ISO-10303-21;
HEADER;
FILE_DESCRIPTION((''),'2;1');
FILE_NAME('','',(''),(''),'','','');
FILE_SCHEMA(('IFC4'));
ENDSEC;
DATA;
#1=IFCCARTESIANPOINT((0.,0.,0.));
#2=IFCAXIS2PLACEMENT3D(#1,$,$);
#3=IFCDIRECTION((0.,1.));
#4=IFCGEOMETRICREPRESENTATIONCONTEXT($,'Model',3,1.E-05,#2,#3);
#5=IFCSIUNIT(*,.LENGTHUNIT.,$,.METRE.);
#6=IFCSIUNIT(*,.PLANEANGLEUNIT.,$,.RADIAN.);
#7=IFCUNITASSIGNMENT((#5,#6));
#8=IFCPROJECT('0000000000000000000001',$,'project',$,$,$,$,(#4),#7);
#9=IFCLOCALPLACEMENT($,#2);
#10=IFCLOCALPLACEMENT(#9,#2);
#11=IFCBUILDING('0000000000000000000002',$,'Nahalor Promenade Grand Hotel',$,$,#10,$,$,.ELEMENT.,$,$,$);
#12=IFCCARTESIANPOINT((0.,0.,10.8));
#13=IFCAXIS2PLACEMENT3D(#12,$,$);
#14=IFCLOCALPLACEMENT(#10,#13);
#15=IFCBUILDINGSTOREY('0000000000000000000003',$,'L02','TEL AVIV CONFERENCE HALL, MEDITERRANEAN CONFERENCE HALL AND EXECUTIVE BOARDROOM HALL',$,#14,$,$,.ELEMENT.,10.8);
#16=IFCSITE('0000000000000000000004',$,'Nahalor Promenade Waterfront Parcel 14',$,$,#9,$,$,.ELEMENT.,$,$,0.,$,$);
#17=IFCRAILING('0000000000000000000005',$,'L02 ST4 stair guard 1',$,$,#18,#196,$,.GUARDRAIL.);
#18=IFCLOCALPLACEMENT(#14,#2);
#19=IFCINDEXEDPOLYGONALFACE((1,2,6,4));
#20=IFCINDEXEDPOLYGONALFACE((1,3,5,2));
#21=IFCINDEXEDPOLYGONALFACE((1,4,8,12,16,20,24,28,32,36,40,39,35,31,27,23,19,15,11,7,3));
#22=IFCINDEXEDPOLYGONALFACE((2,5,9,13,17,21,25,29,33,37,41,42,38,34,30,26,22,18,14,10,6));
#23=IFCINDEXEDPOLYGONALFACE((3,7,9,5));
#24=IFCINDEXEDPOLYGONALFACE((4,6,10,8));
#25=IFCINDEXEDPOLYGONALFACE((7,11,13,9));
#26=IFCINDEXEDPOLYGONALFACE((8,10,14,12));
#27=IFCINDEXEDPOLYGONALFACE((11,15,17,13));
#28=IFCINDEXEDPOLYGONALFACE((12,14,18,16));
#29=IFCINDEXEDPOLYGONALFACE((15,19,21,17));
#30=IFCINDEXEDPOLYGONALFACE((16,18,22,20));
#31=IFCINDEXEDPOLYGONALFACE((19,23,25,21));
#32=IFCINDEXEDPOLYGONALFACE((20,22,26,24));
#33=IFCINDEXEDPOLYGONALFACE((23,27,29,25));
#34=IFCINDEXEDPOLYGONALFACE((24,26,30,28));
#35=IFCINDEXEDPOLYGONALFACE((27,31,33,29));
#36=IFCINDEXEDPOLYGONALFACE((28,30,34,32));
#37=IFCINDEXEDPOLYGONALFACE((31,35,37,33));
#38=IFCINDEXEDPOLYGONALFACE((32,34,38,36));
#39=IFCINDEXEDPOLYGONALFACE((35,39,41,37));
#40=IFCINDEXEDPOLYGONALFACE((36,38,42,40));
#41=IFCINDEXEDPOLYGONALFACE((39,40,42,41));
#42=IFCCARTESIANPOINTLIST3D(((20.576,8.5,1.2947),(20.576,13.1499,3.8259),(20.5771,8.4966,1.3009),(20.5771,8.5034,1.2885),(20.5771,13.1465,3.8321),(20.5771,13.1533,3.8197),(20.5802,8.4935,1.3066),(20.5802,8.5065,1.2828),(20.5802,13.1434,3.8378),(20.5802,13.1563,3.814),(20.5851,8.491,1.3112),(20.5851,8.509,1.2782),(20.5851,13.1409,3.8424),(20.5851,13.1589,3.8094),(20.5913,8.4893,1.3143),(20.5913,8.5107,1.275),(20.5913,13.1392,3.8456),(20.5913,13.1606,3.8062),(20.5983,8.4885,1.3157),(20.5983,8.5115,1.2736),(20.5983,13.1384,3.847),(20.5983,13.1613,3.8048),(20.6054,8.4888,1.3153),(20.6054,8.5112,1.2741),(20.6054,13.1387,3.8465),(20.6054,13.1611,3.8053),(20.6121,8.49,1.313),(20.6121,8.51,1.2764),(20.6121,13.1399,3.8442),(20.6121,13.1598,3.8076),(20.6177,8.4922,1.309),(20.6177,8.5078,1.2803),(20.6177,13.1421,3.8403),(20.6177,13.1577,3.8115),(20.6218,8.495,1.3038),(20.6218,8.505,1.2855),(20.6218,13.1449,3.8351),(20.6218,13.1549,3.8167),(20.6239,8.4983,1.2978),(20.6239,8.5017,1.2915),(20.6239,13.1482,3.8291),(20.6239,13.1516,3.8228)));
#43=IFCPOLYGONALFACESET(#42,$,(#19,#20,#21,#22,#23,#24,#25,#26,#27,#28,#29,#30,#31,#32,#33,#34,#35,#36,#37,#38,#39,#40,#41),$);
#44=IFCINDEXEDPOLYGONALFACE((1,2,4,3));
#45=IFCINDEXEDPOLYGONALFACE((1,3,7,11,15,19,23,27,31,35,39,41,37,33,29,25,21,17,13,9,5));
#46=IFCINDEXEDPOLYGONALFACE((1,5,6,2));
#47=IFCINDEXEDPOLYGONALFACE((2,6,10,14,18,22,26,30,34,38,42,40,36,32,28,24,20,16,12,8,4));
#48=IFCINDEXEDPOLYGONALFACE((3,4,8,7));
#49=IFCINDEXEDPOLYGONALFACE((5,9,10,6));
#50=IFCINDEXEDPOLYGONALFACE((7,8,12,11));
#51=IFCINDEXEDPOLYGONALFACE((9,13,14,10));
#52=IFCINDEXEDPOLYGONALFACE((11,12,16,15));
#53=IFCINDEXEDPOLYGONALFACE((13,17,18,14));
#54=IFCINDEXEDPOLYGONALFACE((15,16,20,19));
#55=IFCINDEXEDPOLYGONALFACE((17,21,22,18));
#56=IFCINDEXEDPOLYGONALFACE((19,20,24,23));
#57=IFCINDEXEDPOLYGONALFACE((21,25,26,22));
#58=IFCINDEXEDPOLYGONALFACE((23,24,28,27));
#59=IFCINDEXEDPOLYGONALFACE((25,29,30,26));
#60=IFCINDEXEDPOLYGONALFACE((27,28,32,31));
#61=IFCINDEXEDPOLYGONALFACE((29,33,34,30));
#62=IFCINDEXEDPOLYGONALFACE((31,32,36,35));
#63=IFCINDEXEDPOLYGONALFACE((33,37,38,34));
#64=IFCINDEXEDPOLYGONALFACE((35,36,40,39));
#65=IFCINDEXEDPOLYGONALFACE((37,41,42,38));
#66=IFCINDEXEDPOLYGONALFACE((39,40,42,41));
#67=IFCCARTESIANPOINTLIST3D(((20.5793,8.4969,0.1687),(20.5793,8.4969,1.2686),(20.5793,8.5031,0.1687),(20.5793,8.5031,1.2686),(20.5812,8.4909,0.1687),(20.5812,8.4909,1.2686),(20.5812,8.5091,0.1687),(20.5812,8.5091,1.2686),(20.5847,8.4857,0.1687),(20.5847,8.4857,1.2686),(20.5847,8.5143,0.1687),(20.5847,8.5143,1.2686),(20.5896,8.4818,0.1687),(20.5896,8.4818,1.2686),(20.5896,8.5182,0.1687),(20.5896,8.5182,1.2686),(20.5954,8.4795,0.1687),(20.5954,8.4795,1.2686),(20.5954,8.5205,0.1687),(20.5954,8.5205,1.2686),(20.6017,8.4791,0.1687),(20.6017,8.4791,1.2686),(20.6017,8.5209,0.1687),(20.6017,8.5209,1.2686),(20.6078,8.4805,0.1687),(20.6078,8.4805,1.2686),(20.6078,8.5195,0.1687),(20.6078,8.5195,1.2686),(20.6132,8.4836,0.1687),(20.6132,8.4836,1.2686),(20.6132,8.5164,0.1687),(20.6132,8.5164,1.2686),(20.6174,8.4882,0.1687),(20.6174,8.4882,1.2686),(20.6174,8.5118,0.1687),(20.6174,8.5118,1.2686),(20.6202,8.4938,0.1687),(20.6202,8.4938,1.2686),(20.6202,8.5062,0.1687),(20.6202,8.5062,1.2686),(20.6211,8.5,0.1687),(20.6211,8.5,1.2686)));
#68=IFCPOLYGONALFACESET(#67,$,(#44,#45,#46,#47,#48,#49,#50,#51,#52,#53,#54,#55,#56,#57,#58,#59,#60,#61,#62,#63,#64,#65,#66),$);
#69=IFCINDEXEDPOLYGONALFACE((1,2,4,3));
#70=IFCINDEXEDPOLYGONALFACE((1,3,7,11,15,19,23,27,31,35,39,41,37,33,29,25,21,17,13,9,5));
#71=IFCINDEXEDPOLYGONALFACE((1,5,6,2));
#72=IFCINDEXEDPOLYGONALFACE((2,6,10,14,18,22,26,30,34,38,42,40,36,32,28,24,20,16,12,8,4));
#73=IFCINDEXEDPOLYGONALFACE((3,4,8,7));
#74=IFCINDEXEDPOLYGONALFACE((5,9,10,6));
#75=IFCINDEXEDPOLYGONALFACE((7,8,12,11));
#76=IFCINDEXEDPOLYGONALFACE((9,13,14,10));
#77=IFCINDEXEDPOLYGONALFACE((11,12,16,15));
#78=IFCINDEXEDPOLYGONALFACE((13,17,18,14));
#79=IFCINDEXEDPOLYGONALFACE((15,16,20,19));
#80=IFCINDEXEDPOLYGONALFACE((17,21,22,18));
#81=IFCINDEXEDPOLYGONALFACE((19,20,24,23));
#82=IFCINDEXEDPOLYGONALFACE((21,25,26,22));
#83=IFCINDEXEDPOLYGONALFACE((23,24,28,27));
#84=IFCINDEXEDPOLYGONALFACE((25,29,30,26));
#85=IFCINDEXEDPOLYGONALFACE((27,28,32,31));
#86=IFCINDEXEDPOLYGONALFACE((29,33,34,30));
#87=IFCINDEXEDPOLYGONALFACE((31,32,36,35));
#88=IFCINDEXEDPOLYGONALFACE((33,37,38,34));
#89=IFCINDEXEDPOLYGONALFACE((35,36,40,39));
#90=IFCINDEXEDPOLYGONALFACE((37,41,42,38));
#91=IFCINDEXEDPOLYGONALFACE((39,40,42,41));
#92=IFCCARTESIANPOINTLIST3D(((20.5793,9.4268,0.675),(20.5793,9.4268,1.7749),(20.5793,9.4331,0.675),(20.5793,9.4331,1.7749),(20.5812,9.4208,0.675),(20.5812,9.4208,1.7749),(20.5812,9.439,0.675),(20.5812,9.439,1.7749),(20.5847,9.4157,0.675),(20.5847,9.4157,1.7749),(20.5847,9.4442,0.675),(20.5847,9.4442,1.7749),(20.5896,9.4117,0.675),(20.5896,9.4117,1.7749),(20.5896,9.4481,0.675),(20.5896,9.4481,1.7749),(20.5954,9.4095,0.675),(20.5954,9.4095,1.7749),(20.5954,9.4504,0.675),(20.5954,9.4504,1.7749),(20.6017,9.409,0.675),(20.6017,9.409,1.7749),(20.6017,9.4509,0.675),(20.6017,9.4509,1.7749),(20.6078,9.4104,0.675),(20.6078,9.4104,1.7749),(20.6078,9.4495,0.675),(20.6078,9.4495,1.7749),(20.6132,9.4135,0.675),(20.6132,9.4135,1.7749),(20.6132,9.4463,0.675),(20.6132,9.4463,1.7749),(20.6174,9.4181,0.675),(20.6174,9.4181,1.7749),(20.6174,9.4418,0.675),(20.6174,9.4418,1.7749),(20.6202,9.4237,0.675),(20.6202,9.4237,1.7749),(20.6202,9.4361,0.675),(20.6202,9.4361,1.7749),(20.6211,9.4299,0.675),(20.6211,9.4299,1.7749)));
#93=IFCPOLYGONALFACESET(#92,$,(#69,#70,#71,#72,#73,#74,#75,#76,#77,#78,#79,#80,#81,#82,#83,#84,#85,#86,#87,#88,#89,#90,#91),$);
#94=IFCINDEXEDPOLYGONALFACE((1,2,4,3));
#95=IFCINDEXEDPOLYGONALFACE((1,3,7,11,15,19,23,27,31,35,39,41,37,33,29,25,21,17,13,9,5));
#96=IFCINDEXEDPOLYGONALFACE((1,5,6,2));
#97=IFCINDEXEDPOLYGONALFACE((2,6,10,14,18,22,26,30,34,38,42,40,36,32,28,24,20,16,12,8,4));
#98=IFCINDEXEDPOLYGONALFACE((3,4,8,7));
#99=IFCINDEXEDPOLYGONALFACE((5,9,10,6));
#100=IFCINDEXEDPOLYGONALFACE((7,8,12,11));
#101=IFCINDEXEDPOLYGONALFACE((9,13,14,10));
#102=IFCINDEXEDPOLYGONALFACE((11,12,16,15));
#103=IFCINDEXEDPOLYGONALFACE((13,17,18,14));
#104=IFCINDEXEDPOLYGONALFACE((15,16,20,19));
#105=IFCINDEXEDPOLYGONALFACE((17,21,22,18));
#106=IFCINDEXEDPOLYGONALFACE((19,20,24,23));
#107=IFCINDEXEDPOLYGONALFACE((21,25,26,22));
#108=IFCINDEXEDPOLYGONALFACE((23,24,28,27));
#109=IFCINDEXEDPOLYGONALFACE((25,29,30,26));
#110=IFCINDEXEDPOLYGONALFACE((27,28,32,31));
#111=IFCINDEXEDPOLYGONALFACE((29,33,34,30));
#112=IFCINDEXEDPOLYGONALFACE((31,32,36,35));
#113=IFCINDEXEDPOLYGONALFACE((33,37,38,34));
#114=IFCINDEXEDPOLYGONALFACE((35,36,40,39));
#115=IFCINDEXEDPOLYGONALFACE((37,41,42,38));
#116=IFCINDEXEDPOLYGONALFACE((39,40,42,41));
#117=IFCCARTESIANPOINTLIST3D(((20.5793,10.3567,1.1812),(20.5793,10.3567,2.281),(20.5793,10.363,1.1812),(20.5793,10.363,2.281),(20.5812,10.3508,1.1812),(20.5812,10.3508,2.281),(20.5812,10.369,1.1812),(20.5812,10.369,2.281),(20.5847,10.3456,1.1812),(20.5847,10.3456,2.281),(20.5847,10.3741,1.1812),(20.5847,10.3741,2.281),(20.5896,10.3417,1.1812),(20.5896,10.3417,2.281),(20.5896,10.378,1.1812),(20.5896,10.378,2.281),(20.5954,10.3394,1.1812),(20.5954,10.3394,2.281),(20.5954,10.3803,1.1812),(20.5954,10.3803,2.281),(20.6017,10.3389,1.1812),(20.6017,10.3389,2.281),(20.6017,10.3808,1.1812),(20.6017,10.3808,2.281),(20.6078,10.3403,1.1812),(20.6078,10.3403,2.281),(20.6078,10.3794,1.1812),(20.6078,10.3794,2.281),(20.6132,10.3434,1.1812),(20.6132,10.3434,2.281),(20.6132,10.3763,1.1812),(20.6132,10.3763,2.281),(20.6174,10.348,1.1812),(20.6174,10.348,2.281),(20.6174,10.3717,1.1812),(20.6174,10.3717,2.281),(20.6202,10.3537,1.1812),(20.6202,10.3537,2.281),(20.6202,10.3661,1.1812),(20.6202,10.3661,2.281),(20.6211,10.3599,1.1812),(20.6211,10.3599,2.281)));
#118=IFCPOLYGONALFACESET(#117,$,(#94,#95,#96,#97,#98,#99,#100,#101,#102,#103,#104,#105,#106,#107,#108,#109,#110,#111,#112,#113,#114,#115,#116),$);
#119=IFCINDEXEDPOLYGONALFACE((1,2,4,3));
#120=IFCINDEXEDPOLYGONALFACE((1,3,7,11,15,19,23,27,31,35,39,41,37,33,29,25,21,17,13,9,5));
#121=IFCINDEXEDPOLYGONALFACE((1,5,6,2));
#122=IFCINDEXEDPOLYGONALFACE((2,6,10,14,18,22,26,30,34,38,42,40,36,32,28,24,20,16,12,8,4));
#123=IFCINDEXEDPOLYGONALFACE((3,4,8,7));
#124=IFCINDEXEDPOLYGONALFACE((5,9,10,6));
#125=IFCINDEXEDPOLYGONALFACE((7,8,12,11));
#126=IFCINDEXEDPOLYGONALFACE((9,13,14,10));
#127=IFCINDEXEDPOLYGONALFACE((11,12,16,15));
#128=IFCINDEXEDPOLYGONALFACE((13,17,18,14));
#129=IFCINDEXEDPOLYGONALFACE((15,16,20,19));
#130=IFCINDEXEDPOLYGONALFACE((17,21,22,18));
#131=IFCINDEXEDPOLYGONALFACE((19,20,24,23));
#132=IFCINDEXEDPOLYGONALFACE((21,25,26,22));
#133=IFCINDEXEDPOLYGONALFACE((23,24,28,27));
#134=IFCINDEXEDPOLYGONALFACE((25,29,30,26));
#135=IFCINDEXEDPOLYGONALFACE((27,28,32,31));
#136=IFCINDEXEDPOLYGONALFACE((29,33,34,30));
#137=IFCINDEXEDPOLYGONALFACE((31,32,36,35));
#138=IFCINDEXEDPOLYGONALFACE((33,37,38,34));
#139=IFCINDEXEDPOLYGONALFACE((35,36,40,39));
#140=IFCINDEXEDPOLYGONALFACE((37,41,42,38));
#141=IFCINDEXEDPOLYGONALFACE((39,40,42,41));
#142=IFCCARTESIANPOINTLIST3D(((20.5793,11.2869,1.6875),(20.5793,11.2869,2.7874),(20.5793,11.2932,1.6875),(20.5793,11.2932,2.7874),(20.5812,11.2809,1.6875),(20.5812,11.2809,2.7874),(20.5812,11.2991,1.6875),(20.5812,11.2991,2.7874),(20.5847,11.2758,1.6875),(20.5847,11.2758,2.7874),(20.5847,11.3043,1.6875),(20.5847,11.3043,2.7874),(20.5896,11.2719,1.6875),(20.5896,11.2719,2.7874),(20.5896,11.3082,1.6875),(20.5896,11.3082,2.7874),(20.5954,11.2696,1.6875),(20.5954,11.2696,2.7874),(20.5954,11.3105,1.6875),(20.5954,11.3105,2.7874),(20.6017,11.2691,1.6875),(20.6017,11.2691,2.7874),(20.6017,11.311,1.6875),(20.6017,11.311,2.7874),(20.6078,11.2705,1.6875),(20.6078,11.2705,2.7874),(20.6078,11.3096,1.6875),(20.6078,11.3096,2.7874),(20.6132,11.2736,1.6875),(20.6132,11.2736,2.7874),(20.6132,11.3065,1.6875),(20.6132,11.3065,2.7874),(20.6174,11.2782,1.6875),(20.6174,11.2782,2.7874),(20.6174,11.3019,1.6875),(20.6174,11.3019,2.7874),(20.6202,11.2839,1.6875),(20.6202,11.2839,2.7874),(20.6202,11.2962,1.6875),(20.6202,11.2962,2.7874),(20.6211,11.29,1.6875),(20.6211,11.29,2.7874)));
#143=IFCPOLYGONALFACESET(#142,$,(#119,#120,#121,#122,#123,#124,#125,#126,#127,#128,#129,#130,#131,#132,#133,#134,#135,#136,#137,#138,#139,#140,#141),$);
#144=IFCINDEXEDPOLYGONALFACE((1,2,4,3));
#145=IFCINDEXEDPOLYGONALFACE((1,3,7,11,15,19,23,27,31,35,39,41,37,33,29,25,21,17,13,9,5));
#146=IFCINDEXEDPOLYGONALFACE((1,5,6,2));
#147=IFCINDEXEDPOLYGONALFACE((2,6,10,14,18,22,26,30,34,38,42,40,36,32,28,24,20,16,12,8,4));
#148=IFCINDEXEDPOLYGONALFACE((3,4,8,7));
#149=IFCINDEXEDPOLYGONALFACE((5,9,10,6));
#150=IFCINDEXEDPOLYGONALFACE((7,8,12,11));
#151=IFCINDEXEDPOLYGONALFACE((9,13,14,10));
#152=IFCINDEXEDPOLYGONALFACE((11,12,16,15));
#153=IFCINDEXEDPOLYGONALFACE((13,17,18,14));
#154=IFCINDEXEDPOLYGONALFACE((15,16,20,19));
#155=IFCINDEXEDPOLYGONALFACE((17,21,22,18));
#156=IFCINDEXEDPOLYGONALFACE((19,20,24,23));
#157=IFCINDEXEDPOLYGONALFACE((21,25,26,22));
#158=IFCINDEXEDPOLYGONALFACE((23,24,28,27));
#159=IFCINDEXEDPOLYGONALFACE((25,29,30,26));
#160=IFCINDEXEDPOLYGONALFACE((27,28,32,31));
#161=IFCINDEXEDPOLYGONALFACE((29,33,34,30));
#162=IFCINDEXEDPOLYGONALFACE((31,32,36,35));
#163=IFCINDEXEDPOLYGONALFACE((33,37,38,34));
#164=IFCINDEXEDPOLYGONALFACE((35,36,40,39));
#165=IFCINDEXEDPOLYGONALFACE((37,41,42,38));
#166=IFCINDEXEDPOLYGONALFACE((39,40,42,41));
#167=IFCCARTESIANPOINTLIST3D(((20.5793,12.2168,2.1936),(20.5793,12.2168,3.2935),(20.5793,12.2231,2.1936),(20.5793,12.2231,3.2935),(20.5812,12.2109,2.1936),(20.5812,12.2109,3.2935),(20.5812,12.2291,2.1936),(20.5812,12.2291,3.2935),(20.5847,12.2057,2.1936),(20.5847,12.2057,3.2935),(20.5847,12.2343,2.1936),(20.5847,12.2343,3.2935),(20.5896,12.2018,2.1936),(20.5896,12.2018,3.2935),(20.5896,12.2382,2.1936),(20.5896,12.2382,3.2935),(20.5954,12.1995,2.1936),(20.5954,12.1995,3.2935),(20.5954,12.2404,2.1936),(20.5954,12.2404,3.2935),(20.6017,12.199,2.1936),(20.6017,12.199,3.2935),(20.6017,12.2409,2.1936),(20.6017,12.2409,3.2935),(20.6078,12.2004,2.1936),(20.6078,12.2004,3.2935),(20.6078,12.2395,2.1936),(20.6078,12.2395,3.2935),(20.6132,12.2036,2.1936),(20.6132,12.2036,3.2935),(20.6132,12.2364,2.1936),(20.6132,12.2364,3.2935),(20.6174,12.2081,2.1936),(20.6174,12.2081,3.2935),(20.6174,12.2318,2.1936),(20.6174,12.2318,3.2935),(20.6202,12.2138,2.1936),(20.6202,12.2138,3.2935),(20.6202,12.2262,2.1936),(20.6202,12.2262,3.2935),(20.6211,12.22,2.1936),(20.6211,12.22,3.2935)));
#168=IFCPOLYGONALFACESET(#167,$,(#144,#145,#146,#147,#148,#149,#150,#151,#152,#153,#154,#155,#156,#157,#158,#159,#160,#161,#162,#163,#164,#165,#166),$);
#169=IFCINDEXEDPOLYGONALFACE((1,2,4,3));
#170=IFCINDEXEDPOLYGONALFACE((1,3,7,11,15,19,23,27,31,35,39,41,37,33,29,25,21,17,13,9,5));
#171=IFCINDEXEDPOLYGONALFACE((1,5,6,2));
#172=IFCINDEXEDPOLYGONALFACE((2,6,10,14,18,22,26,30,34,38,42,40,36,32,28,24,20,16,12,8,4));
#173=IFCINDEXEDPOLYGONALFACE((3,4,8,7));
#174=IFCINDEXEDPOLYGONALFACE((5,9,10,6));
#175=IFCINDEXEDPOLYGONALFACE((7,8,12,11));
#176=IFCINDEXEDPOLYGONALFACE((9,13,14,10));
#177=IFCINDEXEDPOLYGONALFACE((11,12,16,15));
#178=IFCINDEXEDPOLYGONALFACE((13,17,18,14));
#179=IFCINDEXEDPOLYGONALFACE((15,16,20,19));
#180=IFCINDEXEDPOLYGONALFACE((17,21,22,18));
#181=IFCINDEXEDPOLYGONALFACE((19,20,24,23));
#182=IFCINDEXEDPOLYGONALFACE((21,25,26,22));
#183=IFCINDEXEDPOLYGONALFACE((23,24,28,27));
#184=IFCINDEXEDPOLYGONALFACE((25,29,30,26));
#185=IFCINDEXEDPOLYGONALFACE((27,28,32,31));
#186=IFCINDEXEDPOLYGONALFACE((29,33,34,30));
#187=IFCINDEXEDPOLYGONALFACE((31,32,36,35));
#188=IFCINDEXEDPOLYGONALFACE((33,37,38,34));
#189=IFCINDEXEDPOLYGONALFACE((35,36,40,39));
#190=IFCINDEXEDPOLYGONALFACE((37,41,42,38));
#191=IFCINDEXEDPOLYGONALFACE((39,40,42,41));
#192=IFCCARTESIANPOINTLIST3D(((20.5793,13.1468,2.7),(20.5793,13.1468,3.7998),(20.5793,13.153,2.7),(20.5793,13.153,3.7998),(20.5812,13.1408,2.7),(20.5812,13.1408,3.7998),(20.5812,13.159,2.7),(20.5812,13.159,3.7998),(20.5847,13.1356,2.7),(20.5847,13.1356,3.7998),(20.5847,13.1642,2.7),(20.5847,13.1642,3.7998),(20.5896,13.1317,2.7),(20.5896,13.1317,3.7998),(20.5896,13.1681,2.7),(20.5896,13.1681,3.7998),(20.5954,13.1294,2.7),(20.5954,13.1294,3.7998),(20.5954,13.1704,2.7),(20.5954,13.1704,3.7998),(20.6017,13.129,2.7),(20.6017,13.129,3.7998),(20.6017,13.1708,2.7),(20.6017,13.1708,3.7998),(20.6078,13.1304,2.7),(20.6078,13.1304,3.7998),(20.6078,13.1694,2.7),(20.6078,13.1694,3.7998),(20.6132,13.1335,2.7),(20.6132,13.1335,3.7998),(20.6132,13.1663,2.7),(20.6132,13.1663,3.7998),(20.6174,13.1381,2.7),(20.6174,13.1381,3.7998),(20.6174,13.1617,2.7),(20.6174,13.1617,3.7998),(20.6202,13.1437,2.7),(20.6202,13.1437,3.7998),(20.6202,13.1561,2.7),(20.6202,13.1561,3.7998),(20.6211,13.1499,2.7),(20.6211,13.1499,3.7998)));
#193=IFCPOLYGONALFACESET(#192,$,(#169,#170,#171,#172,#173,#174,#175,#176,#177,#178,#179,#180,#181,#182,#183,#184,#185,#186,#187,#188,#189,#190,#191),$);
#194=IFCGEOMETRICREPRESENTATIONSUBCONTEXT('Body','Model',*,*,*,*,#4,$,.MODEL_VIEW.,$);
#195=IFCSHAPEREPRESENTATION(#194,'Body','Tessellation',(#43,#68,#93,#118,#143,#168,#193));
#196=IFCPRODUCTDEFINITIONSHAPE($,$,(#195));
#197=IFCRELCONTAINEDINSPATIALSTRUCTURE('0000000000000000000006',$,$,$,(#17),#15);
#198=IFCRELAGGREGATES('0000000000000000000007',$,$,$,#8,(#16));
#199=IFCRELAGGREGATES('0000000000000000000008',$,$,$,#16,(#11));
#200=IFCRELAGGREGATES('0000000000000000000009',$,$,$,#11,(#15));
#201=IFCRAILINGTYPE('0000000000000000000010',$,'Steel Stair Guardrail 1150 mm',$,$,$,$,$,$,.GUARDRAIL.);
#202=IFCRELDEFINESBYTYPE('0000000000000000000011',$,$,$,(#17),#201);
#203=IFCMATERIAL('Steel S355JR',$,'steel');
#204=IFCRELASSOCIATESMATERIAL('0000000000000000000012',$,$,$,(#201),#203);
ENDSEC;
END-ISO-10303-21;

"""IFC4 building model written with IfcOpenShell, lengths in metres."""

from ifc_helpers import new_model, si_unit, direction, frame, origin, origin_2d, place, context, subcontext, project, spatial, circle, extrude, material, type_object, element, save


model = new_model("IFC4")

# Units and contexts
model_context = context("Model", 3, precision=1e-05, world=origin(), true_north=direction((0.0, 1.0)))
body_context = subcontext(model_context, "Body", "Model", "MODEL_VIEW")
ifc_project = project(units=[si_unit("LENGTHUNIT", "METRE"), si_unit("PLANEANGLEUNIT", "RADIAN")], contexts=[model_context])

# Site, building, storey
site_placement = place(None, origin())
site = spatial("IfcSite", under=ifc_project, at=site_placement, Name="Nahalor Promenade Waterfront Parcel 14", CompositionType="ELEMENT", RefElevation=0.0)
building_placement = place(site_placement, origin())
building = spatial("IfcBuilding", under=site, at=building_placement, Name="Nahalor Promenade Grand Hotel", CompositionType="ELEMENT")
storey_placement = place(building_placement, frame((0.0, 0.0, 10.8)))
storey = spatial("IfcBuildingStorey", under=building, at=storey_placement, Name="L02", Description="TEL AVIV CONFERENCE HALL, MEDITERRANEAN CONFERENCE HALL AND EXECUTIVE BOARDROOM HALL", CompositionType="ELEMENT", Elevation=10.8)

# Shared definitions
ifc_material_1 = material(Name="Steel S355JR", Category="steel")

# Railing
railing_type_1 = type_object("IfcRailingType", Name="Steel Stair Guardrail 1150 mm", PredefinedType="GUARDRAIL", material=ifc_material_1)
railing_1_placement = place(storey_placement, frame((20.6001, 8.5, 0.1687)))
element("IfcRailing", 1, at=railing_1_placement, inside=storey, type_object=railing_type_1, Name="L02 ST4 stair guard 1", PredefinedType="GUARDRAIL", context=body_context, shape_type="SweptSolid", body=[
    extrude(circle(Radius=0.024, at=origin_2d()), frame((0.0, 0.0, 1.126), z_axis=(0.0, 0.878297, 0.478115), x_axis=(-1.0, 0.0, 0.0)), (0.0, 0.0, 1.0), 5.2942),
    extrude(circle(Radius=0.021, at=origin_2d()), origin(), (0.0, 0.0, 1.0), 1.0999),
    extrude(circle(Radius=0.021, at=origin_2d()), frame((0.0, 0.9299, 0.5063)), (0.0, 0.0, 1.0), 1.0999),
    extrude(circle(Radius=0.021, at=origin_2d()), frame((0.0, 1.8599, 1.0125)), (0.0, 0.0, 1.0), 1.0999),
    extrude(circle(Radius=0.021, at=origin_2d()), frame((0.0, 2.79, 1.5188)), (0.0, 0.0, 1.0), 1.0999),
    extrude(circle(Radius=0.021, at=origin_2d()), frame((0.0, 3.72, 2.0249)), (0.0, 0.0, 1.0), 1.0999),
    extrude(circle(Radius=0.021, at=origin_2d()), frame((0.0, 4.6499, 2.5312)), (0.0, 0.0, 1.0), 1.0999),
])

save(model, "model.ifc")
